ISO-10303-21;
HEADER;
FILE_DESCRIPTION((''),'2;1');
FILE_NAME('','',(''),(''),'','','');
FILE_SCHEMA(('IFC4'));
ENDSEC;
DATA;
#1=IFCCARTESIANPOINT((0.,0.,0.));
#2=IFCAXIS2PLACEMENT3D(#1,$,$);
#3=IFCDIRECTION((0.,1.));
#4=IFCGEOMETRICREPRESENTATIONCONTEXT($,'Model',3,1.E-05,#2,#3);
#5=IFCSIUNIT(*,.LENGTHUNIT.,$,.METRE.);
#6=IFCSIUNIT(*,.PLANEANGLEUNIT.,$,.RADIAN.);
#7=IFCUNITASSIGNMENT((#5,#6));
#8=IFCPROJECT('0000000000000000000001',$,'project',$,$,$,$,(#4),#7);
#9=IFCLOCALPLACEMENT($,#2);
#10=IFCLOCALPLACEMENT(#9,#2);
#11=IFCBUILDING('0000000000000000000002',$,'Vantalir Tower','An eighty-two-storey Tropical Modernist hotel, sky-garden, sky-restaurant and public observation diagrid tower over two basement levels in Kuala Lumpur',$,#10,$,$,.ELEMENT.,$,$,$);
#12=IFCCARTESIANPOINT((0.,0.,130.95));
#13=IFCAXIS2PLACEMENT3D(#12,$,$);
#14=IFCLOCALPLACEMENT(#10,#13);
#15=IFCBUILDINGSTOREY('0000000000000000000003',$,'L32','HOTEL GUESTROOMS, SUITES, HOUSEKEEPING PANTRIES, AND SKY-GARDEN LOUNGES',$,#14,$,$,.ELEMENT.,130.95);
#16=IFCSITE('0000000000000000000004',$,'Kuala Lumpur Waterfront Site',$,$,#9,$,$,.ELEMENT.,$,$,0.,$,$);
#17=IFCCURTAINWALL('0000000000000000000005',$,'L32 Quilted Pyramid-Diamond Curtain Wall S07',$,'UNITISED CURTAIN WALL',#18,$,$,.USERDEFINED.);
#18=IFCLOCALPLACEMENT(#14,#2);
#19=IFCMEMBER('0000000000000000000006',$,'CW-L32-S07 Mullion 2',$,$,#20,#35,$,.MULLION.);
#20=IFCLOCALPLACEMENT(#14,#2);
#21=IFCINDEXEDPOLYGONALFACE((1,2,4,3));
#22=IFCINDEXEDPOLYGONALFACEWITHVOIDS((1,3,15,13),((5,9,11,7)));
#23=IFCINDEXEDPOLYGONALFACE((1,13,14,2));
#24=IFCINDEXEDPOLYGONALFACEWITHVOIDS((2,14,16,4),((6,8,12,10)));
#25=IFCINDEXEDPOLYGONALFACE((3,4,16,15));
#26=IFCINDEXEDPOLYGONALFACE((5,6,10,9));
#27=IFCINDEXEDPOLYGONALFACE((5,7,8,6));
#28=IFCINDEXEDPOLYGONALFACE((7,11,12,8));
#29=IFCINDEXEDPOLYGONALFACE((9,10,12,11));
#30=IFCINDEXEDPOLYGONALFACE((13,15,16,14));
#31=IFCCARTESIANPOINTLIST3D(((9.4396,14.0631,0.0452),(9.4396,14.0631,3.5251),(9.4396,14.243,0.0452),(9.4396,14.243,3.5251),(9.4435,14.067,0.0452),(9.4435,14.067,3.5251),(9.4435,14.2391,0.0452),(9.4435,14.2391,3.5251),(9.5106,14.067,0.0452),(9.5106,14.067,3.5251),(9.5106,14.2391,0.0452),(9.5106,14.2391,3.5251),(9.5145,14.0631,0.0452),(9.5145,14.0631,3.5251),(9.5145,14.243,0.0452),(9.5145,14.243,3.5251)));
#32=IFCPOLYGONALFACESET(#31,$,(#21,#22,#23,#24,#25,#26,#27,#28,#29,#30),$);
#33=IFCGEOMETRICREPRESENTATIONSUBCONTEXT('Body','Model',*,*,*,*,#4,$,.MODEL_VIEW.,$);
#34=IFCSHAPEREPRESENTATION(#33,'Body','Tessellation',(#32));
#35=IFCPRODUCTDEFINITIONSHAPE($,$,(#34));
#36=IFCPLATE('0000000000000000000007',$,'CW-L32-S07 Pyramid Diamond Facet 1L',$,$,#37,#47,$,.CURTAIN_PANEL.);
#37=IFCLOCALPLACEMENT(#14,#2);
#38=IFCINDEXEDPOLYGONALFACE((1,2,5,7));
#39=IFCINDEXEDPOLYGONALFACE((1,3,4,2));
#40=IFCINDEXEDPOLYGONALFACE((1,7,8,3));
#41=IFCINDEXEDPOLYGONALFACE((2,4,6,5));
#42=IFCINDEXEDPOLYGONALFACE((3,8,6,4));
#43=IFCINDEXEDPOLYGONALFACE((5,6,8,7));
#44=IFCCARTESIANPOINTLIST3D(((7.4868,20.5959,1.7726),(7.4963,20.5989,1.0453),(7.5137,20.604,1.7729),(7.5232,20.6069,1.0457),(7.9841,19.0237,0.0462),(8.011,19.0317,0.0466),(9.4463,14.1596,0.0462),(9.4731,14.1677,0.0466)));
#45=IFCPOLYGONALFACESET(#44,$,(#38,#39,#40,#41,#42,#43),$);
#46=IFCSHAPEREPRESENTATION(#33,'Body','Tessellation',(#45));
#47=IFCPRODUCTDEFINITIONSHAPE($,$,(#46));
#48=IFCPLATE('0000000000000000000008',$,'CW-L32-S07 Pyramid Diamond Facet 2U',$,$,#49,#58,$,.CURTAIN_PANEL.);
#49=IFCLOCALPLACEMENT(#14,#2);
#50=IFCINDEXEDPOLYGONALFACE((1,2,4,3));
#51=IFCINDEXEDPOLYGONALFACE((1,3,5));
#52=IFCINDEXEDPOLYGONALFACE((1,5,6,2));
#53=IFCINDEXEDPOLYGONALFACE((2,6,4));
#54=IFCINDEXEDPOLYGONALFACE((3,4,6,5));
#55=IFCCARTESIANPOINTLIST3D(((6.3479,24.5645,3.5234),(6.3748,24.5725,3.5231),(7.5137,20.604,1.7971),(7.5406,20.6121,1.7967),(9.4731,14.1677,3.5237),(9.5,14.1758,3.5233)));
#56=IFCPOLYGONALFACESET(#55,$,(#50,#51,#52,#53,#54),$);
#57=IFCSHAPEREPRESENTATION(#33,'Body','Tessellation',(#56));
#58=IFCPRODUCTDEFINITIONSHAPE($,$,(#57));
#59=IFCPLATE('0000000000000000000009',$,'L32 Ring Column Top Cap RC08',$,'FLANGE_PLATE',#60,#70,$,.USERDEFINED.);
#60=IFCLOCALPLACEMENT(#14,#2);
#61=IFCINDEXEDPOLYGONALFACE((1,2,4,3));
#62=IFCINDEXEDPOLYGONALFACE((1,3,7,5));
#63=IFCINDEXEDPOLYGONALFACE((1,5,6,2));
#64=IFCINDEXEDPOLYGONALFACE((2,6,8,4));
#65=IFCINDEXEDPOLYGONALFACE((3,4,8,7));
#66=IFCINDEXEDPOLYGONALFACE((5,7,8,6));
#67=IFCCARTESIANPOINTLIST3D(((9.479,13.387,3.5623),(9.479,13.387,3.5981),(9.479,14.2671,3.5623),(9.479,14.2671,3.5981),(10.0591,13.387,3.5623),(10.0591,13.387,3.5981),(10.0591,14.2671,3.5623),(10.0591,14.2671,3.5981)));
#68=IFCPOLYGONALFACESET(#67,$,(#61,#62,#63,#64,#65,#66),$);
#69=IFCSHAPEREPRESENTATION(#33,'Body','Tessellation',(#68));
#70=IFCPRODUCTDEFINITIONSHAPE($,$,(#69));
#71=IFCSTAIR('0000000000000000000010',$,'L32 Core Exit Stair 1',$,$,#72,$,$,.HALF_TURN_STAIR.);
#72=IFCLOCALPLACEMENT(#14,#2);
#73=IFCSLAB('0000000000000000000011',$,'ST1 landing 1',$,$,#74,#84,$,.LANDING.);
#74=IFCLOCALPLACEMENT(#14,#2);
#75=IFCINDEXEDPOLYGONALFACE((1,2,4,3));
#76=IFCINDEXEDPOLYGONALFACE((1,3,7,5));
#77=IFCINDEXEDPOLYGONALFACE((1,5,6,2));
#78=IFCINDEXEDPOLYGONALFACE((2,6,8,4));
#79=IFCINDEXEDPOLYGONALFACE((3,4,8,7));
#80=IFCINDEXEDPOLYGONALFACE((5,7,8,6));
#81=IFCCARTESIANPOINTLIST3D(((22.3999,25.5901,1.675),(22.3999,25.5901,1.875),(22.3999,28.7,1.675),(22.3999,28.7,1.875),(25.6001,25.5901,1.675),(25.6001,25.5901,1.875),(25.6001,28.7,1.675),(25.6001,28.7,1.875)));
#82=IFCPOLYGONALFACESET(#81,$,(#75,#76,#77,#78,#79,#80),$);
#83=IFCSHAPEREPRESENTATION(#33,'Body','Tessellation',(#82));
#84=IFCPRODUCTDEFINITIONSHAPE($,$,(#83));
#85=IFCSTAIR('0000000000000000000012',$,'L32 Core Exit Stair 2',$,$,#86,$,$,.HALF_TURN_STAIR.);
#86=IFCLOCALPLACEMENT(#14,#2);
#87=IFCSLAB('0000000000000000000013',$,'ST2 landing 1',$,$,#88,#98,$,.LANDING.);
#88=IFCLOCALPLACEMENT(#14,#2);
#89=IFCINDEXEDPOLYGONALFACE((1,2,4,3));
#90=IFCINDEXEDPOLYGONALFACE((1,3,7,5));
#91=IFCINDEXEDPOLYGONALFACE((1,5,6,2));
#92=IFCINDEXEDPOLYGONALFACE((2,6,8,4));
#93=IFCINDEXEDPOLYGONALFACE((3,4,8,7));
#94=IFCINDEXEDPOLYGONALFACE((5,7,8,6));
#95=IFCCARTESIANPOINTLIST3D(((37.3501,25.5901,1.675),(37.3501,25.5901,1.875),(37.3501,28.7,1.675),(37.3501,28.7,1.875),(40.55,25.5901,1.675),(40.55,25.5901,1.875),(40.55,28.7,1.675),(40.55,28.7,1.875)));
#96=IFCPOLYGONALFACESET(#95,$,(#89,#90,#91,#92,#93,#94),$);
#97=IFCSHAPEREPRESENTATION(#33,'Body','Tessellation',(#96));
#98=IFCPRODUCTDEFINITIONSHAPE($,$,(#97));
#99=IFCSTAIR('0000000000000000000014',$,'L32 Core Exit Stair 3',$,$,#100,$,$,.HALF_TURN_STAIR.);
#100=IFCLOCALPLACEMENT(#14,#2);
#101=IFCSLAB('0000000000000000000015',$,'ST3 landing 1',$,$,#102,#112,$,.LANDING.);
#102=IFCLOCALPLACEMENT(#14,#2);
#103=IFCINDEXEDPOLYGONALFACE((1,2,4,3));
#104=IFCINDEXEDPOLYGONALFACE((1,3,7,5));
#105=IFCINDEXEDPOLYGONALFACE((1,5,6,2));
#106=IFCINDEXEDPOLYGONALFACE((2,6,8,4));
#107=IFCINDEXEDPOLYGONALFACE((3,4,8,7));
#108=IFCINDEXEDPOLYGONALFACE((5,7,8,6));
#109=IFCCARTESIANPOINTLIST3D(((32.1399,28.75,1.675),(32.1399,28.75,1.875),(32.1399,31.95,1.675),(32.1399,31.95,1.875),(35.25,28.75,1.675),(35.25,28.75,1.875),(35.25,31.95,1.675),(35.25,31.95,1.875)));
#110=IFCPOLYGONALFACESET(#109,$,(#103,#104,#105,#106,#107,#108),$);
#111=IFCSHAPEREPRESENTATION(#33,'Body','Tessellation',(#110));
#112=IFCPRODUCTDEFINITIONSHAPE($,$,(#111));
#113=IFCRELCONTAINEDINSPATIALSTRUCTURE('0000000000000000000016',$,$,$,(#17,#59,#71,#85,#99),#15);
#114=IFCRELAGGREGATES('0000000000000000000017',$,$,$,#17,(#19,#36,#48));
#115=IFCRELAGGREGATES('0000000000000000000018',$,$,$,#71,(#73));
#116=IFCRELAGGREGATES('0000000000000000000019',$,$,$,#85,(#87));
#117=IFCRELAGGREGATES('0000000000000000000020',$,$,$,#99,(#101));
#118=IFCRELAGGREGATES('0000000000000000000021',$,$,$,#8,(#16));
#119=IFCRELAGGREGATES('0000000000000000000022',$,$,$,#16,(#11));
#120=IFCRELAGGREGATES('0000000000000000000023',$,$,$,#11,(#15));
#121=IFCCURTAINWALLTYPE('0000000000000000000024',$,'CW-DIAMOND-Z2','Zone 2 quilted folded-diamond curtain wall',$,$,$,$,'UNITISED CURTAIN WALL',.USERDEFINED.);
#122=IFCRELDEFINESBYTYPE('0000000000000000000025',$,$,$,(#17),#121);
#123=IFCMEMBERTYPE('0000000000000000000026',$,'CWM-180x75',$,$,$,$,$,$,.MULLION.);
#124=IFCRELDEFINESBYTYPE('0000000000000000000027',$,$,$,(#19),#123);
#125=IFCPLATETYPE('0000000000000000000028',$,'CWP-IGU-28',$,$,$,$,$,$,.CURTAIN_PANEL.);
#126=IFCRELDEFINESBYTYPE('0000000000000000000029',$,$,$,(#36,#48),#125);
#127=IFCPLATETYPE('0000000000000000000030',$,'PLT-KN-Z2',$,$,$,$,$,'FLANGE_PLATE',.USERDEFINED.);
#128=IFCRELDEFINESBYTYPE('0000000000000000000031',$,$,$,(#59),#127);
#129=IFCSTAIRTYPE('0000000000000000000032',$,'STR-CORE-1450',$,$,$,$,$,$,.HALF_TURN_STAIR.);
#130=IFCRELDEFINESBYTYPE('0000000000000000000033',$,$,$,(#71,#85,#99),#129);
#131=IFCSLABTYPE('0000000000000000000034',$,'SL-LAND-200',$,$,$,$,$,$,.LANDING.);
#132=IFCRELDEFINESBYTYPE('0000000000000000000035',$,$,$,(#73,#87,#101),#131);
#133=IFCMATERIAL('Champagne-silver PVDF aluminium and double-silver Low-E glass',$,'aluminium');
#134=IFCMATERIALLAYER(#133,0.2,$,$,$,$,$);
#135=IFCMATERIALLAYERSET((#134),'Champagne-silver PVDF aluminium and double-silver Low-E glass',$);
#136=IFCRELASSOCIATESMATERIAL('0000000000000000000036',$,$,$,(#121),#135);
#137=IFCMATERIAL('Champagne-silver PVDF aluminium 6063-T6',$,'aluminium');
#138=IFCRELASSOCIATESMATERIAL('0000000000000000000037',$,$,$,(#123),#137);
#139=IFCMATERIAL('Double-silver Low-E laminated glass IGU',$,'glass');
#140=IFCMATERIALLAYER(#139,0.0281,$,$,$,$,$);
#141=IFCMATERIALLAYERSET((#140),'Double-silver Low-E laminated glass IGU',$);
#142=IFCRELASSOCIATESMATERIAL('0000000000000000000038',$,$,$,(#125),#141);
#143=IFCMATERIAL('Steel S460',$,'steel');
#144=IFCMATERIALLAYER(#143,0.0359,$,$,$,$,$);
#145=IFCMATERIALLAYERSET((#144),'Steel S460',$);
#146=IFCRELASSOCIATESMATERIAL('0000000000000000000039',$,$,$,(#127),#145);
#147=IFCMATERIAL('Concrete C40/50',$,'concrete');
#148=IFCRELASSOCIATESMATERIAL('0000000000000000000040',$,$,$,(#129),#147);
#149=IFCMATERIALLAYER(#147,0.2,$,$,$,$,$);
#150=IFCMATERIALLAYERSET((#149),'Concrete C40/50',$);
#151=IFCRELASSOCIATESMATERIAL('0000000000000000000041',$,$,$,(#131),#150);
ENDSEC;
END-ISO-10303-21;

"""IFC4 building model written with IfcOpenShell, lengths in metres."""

from ifc_helpers import new_model, si_unit, direction, frame, origin, origin_2d, place, context, subcontext, project, spatial, polyline, hollow_rectangle, outline, extrude, material, layer, layer_set, material_profile, profile_set, type_object, element, aggregate, save


model = new_model("IFC4")

# Units and contexts
model_context = context("Model", 3, precision=1e-05, world=origin(), true_north=direction((0.0, 1.0)))
body_context = subcontext(model_context, "Body", "Model", "MODEL_VIEW")
ifc_project = project(units=[si_unit("LENGTHUNIT", "METRE"), si_unit("PLANEANGLEUNIT", "RADIAN")], contexts=[model_context])

# Site, building, storey
site_placement = place(None, origin())
site = spatial("IfcSite", under=ifc_project, at=site_placement, Name="Kuala Lumpur Waterfront Site", CompositionType="ELEMENT", RefElevation=0.0)
building_placement = place(site_placement, origin())
building = spatial("IfcBuilding", under=site, at=building_placement, Name="Vantalir Tower", Description="An eighty-two-storey Tropical Modernist hotel, sky-garden, sky-restaurant and public observation diagrid tower over two basement levels in Kuala Lumpur", CompositionType="ELEMENT")
storey_placement = place(building_placement, frame((0.0, 0.0, 130.95)))
storey = spatial("IfcBuildingStorey", under=building, at=storey_placement, Name="L32", Description="HOTEL GUESTROOMS, SUITES, HOUSEKEEPING PANTRIES, AND SKY-GARDEN LOUNGES", CompositionType="ELEMENT", Elevation=130.95)

# Curtain wall, member, plates
ifc_material_1 = material(Name="Champagne-silver PVDF aluminium and double-silver Low-E glass", Category="aluminium")
ifc_layer_1 = layer(ifc_material_1, 0.2)
ifc_layer_set_1 = layer_set([ifc_layer_1], Name="Champagne-silver PVDF aluminium and double-silver Low-E glass")
curtain_wall_type = type_object("IfcCurtainWallType", Name="CW-DIAMOND-Z2", Description="Zone 2 quilted folded-diamond curtain wall", ElementType="UNITISED CURTAIN WALL", PredefinedType="USERDEFINED", material=ifc_layer_set_1)
curtain_wall_placement = place(storey_placement, origin())
curtain_wall = element("IfcCurtainWall", 1, at=curtain_wall_placement, inside=storey, type_object=curtain_wall_type, Name="L32 Quilted Pyramid-Diamond Curtain Wall S07", ObjectType="UNITISED CURTAIN WALL", PredefinedType="USERDEFINED")
ifc_material_2 = material(Name="Champagne-silver PVDF aluminium 6063-T6", Category="aluminium")
ifc_material_profile = material_profile(ifc_material_2, hollow_rectangle(XDim=0.075, YDim=0.1799, WallThickness=0.0039, at=origin_2d()), Name="Champagne-silver PVDF aluminium 6063-T6")
ifc_profile_set = profile_set([ifc_material_profile], Name="Champagne-silver PVDF aluminium 6063-T6")
member_type = type_object("IfcMemberType", Name="CWM-180x75", PredefinedType="MULLION", material=ifc_profile_set)
member_placement = place(storey_placement, frame((9.4771, 14.1531, 0.0452), z_axis=(0.0, 0.0, 1.0), x_axis=(1.0, 0.0, 0.0)))
member = element("IfcMember", 2, at=member_placement, type_object=member_type, Name="CW-L32-S07 Mullion 2", PredefinedType="MULLION", context=body_context, shape_type="SweptSolid", body=[
    extrude(hollow_rectangle(XDim=0.075, YDim=0.1799, WallThickness=0.0039, at=origin_2d()), origin(), (0.0, 0.0, 1.0), 3.48),
])
ifc_material_3 = material(Name="Double-silver Low-E laminated glass IGU", Category="glass")
ifc_layer_2 = layer(ifc_material_3, 0.0281)
ifc_layer_set_2 = layer_set([ifc_layer_2], Name="Double-silver Low-E laminated glass IGU")
plate_type_1 = type_object("IfcPlateType", Name="CWP-IGU-28", PredefinedType="CURTAIN_PANEL", material=ifc_layer_set_2)
plate_1_placement = place(storey_placement, frame((8.011, 19.0317, 0.0466), z_axis=(0.957577, 0.287854, 0.01369), x_axis=(0.287881, -0.957666, 0.0)))
plate_1 = element("IfcPlate", 3, at=plate_1_placement, type_object=plate_type_1, Name="CW-L32-S07 Pyramid Diamond Facet 1L", PredefinedType="CURTAIN_PANEL", context=body_context, shape_type="SweptSolid", body=[
    extrude(outline(polyline([(0.0, 0.0), (5.079, 0.0), (-1.6489, -1.7265), (-1.6489, -0.9991), (0.0, 0.0)])), origin(), (0.0, 0.0, -1.0), 0.0281),
])
plate_2_placement = place(storey_placement, frame((9.4731, 14.1677, 3.5237), z_axis=(-0.957578, -0.287847, 0.01372), x_axis=(-0.287874, 0.957668, -0.000022)))
plate_2 = element("IfcPlate", 4, at=plate_2_placement, type_object=plate_type_1, Name="CW-L32-S07 Pyramid Diamond Facet 2U", PredefinedType="CURTAIN_PANEL", context=body_context, shape_type="SweptSolid", body=[
    extrude(outline(polyline([(0.0, 0.0), (10.8563, 0.0), (6.7279, 1.7266), (0.0, 0.0)])), origin(), (0.0, 0.0, -1.0), 0.0281),
])
aggregate(curtain_wall, [member, plate_1, plate_2])

# Plate
ifc_material_4 = material(Name="Steel S460", Category="steel")
ifc_layer_3 = layer(ifc_material_4, 0.0359)
ifc_layer_set_3 = layer_set([ifc_layer_3], Name="Steel S460")
plate_type_2 = type_object("IfcPlateType", Name="PLT-KN-Z2", ElementType="FLANGE_PLATE", PredefinedType="USERDEFINED", material=ifc_layer_set_3)
plate_3_placement = place(storey_placement, frame((9.479, 14.2671, 3.5981), z_axis=(0.0, 0.0, 1.0), x_axis=(0.0, -1.0, 0.0)))
element("IfcPlate", 5, at=plate_3_placement, inside=storey, type_object=plate_type_2, Name="L32 Ring Column Top Cap RC08", ObjectType="FLANGE_PLATE", PredefinedType="USERDEFINED", context=body_context, shape_type="SweptSolid", body=[
    extrude(outline(polyline([(0.0, 0.0), (0.8801, 0.0), (0.8801, 0.5801), (0.0, 0.5801), (0.0, 0.0)])), origin(), (0.0, 0.0, -1.0), 0.0359),
])

# Stairs, slabs
ifc_material_5 = material(Name="Concrete C40/50", Category="concrete")
stair_type = type_object("IfcStairType", Name="STR-CORE-1450", PredefinedType="HALF_TURN_STAIR", material=ifc_material_5)
stair_1_placement = place(storey_placement, origin())
stair_1 = element("IfcStair", 6, at=stair_1_placement, inside=storey, type_object=stair_type, Name="L32 Core Exit Stair 1", PredefinedType="HALF_TURN_STAIR")
ifc_layer_4 = layer(ifc_material_5, 0.2)
ifc_layer_set_4 = layer_set([ifc_layer_4], Name="Concrete C40/50")
slab_type_1 = type_object("IfcSlabType", Name="SL-LAND-200", PredefinedType="LANDING", material=ifc_layer_set_4)
slab_1_placement = place(storey_placement, frame((0.0, 0.0, 1.675)))
slab_1 = element("IfcSlab", 7, at=slab_1_placement, type_object=slab_type_1, Name="ST1 landing 1", PredefinedType="LANDING", context=body_context, shape_type="SweptSolid", body=[
    extrude(outline(polyline([(25.6001, 25.5901), (25.6001, 28.7), (22.3999, 28.7), (22.3999, 25.5901), (25.6001, 25.5901)])), origin(), (0.0, 0.0, 1.0), 0.2),
])
aggregate(stair_1, [slab_1])
stair_2_placement = place(storey_placement, origin())
stair_2 = element("IfcStair", 8, at=stair_2_placement, inside=storey, type_object=stair_type, Name="L32 Core Exit Stair 2", PredefinedType="HALF_TURN_STAIR")
slab_2_placement = place(storey_placement, frame((0.0, 0.0, 1.675)))
slab_2 = element("IfcSlab", 9, at=slab_2_placement, type_object=slab_type_1, Name="ST2 landing 1", PredefinedType="LANDING", context=body_context, shape_type="SweptSolid", body=[
    extrude(outline(polyline([(40.55, 25.5901), (40.55, 28.7), (37.3501, 28.7), (37.3501, 25.5901), (40.55, 25.5901)])), origin(), (0.0, 0.0, 1.0), 0.2),
])
aggregate(stair_2, [slab_2])
stair_3_placement = place(storey_placement, origin())
stair_3 = element("IfcStair", 10, at=stair_3_placement, inside=storey, type_object=stair_type, Name="L32 Core Exit Stair 3", PredefinedType="HALF_TURN_STAIR")
slab_3_placement = place(storey_placement, frame((0.0, 0.0, 1.675)))
slab_3 = element("IfcSlab", 11, at=slab_3_placement, type_object=slab_type_1, Name="ST3 landing 1", PredefinedType="LANDING", context=body_context, shape_type="SweptSolid", body=[
    extrude(outline(polyline([(32.1399, 28.75), (35.25, 28.75), (35.25, 31.95), (32.1399, 31.95), (32.1399, 28.75)])), origin(), (0.0, 0.0, 1.0), 0.2),
])
aggregate(stair_3, [slab_3])

save(model, "model.ifc")
